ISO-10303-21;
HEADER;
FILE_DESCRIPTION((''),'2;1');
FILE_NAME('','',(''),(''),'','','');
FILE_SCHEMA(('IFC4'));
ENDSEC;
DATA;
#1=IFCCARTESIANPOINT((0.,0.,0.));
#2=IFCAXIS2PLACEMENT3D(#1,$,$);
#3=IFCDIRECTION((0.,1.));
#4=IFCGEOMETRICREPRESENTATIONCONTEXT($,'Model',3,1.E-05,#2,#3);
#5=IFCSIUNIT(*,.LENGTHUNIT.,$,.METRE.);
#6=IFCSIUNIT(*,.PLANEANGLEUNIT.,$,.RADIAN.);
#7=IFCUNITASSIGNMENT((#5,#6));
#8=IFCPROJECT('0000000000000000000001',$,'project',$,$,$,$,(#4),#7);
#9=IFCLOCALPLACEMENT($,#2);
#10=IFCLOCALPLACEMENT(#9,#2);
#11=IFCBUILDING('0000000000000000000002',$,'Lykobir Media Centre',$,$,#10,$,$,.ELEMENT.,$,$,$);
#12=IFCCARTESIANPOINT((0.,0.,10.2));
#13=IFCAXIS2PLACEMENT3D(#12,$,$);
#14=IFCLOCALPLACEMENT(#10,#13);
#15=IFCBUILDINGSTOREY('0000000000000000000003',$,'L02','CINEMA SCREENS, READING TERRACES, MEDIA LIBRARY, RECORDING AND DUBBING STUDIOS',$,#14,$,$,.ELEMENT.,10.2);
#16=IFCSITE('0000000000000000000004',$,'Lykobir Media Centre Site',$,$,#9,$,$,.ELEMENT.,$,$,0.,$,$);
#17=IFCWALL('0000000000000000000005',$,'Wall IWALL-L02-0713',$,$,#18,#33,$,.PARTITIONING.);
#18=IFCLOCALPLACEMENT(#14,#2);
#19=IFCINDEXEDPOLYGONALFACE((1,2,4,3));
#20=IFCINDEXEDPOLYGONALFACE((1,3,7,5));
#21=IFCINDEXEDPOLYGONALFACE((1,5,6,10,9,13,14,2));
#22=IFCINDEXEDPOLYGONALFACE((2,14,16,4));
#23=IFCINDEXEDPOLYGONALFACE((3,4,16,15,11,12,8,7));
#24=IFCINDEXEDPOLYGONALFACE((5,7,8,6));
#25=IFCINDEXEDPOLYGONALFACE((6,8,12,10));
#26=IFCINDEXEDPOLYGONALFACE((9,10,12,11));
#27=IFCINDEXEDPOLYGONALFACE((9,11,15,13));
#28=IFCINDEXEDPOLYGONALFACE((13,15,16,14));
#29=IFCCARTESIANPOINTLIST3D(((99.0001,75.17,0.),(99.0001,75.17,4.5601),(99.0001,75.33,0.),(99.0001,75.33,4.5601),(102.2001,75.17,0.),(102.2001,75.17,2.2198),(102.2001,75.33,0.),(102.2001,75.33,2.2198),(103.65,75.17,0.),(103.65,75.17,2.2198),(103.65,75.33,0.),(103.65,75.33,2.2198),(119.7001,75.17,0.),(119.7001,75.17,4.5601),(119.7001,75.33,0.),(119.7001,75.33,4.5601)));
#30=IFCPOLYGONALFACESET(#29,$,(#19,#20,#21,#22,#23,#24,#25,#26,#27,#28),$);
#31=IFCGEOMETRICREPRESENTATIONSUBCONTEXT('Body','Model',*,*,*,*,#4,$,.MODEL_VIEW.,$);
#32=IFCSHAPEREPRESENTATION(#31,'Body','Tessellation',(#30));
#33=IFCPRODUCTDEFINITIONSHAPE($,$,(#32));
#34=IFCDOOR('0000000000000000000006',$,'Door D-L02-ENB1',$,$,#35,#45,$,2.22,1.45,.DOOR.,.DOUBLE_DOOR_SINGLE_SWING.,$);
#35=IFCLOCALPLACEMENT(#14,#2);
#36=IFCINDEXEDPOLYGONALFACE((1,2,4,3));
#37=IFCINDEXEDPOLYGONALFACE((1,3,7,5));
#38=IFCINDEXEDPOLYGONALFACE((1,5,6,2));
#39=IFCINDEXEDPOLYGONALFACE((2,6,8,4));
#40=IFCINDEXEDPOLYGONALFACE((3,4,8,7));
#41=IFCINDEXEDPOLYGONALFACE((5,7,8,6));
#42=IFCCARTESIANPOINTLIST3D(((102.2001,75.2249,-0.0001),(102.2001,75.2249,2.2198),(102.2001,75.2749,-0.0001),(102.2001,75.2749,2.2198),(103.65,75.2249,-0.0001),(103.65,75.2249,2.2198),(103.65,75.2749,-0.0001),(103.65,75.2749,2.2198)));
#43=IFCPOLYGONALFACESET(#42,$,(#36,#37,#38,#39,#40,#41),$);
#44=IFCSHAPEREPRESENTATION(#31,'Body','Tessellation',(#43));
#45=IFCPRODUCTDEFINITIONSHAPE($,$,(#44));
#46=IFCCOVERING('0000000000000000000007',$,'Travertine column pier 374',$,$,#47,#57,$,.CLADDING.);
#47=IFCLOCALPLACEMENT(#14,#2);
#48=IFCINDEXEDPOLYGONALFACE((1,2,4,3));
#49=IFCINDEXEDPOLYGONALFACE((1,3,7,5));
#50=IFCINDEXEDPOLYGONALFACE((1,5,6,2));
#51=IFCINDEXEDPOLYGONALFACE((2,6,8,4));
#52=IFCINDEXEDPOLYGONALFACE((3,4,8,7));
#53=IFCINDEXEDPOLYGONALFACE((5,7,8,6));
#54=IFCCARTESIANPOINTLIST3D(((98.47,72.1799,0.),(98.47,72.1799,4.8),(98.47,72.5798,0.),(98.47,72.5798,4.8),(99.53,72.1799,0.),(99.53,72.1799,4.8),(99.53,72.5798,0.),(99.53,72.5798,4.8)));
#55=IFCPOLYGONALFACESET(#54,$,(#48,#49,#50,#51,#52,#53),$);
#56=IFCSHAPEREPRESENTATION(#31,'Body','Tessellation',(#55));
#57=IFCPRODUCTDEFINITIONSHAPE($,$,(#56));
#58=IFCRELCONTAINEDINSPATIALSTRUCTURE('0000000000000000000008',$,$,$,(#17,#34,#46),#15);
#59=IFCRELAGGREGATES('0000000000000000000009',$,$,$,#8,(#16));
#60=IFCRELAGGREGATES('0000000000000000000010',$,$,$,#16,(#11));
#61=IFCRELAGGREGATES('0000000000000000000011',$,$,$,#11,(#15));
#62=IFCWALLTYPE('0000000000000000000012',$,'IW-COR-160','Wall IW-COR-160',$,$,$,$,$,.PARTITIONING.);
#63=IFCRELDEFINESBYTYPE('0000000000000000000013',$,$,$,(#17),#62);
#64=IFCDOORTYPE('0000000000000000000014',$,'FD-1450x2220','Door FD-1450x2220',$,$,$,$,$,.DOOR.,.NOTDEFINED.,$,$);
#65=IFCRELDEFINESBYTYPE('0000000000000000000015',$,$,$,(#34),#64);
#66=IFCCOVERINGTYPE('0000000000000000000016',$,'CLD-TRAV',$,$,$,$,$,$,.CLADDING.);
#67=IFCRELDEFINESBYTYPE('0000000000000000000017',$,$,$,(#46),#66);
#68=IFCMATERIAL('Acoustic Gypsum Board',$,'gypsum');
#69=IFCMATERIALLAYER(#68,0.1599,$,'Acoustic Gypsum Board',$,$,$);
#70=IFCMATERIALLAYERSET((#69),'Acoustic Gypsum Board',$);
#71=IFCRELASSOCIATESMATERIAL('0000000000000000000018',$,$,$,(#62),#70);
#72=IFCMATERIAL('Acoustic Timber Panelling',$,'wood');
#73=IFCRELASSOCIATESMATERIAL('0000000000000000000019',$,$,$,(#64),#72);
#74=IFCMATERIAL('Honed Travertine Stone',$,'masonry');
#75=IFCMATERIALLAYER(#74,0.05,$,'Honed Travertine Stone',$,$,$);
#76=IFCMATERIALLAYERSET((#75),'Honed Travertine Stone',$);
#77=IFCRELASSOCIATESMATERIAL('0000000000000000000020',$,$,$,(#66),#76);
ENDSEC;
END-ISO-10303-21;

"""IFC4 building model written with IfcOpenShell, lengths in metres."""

from ifc_helpers import new_model, si_unit, direction, frame, frame_2d, origin, origin_2d, place, context, subcontext, project, spatial, rectangle, extrude, material, layer, layer_set, type_object, element, fill, save


model = new_model("IFC4")

# Units and contexts
model_context = context("Model", 3, precision=1e-05, world=origin(), true_north=direction((0.0, 1.0)))
body_context = subcontext(model_context, "Body", "Model", "MODEL_VIEW")
ifc_project = project(units=[si_unit("LENGTHUNIT", "METRE"), si_unit("PLANEANGLEUNIT", "RADIAN")], contexts=[model_context])

# Site, building, storey
site_placement = place(None, origin())
site = spatial("IfcSite", under=ifc_project, at=site_placement, Name="Lykobir Media Centre Site", CompositionType="ELEMENT", RefElevation=0.0)
building_placement = place(site_placement, origin())
building = spatial("IfcBuilding", under=site, at=building_placement, Name="Lykobir Media Centre", CompositionType="ELEMENT")
storey_placement = place(building_placement, frame((0.0, 0.0, 10.2)))
storey = spatial("IfcBuildingStorey", under=building, at=storey_placement, Name="L02", Description="CINEMA SCREENS, READING TERRACES, MEDIA LIBRARY, RECORDING AND DUBBING STUDIOS", CompositionType="ELEMENT", Elevation=10.2)

# Wall, opening, door
ifc_material_1 = material(Name="Acoustic Gypsum Board", Category="gypsum")
ifc_layer_1 = layer(ifc_material_1, 0.1599, Name="Acoustic Gypsum Board")
ifc_layer_set_1 = layer_set([ifc_layer_1], Name="Acoustic Gypsum Board")
wall_type = type_object("IfcWallType", Name="IW-COR-160", Description="Wall IW-COR-160", PredefinedType="PARTITIONING", material=ifc_layer_set_1)
wall_placement = place(storey_placement, frame((99.0, 75.25, 0.0), z_axis=(0.0, 0.0, 1.0), x_axis=(1.0, 0.0, 0.0)))
wall = element("IfcWall", 1, at=wall_placement, inside=storey, type_object=wall_type, Name="Wall IWALL-L02-0713", PredefinedType="PARTITIONING", context=body_context, shape_type="SweptSolid", body=[
    extrude(rectangle(XDim=20.7, YDim=0.1599, at=frame_2d((10.3501, 0.0))), origin(), (0.0, 0.0, 1.0), 4.5601),
])
opening_placement = place(wall_placement, frame((3.2, 0.0, 0.0)))
opening = element("IfcOpeningElement", 2, at=opening_placement, cuts=wall, PredefinedType="OPENING", context=body_context, shape_type="SweptSolid", body=[
    extrude(rectangle(XDim=1.45, YDim=2.22, at=frame_2d((0.7251, 1.1099))), frame((0.0, 0.0898, 0.0), z_axis=(0.0, -1.0, 0.0), x_axis=(1.0, 0.0, 0.0)), (0.0, 0.0, 1.0), 0.1799),
])
ifc_material_2 = material(Name="Acoustic Timber Panelling", Category="wood")
door_type = type_object("IfcDoorType", Name="FD-1450x2220", Description="Door FD-1450x2220", OperationType="NOTDEFINED", PredefinedType="DOOR", material=ifc_material_2)
door_placement = place(opening_placement, origin())
door = element("IfcDoor", 3, at=door_placement, inside=storey, type_object=door_type, Name="Door D-L02-ENB1", OperationType="DOUBLE_DOOR_SINGLE_SWING", OverallHeight=2.22, OverallWidth=1.45, PredefinedType="DOOR", context=body_context, shape_type="SweptSolid", body=[
    extrude(rectangle(XDim=1.45, YDim=2.22, at=frame_2d((0.7251, 1.1099))), frame((0.0, 0.0249, 0.0), z_axis=(0.0, -1.0, 0.0), x_axis=(1.0, 0.0, 0.0)), (0.0, 0.0, 1.0), 0.05),
])
fill(opening, door)

# Covering
ifc_material_3 = material(Name="Honed Travertine Stone", Category="masonry")
ifc_layer_2 = layer(ifc_material_3, 0.05, Name="Honed Travertine Stone")
ifc_layer_set_2 = layer_set([ifc_layer_2], Name="Honed Travertine Stone")
covering_type = type_object("IfcCoveringType", Name="CLD-TRAV", PredefinedType="CLADDING", material=ifc_layer_set_2)
covering_placement = place(storey_placement, frame((99.0, 72.3799, 0.0), z_axis=(0.0, 0.0, 1.0), x_axis=(-1.0, 0.0, 0.0)))
element("IfcCovering", 4, at=covering_placement, inside=storey, type_object=covering_type, Name="Travertine column pier 374", PredefinedType="CLADDING", context=body_context, shape_type="SweptSolid", body=[
    extrude(rectangle(XDim=1.0601, YDim=0.3999, at=origin_2d()), origin(), (0.0, 0.0, 1.0), 4.8),
])

save(model, "model.ifc")
